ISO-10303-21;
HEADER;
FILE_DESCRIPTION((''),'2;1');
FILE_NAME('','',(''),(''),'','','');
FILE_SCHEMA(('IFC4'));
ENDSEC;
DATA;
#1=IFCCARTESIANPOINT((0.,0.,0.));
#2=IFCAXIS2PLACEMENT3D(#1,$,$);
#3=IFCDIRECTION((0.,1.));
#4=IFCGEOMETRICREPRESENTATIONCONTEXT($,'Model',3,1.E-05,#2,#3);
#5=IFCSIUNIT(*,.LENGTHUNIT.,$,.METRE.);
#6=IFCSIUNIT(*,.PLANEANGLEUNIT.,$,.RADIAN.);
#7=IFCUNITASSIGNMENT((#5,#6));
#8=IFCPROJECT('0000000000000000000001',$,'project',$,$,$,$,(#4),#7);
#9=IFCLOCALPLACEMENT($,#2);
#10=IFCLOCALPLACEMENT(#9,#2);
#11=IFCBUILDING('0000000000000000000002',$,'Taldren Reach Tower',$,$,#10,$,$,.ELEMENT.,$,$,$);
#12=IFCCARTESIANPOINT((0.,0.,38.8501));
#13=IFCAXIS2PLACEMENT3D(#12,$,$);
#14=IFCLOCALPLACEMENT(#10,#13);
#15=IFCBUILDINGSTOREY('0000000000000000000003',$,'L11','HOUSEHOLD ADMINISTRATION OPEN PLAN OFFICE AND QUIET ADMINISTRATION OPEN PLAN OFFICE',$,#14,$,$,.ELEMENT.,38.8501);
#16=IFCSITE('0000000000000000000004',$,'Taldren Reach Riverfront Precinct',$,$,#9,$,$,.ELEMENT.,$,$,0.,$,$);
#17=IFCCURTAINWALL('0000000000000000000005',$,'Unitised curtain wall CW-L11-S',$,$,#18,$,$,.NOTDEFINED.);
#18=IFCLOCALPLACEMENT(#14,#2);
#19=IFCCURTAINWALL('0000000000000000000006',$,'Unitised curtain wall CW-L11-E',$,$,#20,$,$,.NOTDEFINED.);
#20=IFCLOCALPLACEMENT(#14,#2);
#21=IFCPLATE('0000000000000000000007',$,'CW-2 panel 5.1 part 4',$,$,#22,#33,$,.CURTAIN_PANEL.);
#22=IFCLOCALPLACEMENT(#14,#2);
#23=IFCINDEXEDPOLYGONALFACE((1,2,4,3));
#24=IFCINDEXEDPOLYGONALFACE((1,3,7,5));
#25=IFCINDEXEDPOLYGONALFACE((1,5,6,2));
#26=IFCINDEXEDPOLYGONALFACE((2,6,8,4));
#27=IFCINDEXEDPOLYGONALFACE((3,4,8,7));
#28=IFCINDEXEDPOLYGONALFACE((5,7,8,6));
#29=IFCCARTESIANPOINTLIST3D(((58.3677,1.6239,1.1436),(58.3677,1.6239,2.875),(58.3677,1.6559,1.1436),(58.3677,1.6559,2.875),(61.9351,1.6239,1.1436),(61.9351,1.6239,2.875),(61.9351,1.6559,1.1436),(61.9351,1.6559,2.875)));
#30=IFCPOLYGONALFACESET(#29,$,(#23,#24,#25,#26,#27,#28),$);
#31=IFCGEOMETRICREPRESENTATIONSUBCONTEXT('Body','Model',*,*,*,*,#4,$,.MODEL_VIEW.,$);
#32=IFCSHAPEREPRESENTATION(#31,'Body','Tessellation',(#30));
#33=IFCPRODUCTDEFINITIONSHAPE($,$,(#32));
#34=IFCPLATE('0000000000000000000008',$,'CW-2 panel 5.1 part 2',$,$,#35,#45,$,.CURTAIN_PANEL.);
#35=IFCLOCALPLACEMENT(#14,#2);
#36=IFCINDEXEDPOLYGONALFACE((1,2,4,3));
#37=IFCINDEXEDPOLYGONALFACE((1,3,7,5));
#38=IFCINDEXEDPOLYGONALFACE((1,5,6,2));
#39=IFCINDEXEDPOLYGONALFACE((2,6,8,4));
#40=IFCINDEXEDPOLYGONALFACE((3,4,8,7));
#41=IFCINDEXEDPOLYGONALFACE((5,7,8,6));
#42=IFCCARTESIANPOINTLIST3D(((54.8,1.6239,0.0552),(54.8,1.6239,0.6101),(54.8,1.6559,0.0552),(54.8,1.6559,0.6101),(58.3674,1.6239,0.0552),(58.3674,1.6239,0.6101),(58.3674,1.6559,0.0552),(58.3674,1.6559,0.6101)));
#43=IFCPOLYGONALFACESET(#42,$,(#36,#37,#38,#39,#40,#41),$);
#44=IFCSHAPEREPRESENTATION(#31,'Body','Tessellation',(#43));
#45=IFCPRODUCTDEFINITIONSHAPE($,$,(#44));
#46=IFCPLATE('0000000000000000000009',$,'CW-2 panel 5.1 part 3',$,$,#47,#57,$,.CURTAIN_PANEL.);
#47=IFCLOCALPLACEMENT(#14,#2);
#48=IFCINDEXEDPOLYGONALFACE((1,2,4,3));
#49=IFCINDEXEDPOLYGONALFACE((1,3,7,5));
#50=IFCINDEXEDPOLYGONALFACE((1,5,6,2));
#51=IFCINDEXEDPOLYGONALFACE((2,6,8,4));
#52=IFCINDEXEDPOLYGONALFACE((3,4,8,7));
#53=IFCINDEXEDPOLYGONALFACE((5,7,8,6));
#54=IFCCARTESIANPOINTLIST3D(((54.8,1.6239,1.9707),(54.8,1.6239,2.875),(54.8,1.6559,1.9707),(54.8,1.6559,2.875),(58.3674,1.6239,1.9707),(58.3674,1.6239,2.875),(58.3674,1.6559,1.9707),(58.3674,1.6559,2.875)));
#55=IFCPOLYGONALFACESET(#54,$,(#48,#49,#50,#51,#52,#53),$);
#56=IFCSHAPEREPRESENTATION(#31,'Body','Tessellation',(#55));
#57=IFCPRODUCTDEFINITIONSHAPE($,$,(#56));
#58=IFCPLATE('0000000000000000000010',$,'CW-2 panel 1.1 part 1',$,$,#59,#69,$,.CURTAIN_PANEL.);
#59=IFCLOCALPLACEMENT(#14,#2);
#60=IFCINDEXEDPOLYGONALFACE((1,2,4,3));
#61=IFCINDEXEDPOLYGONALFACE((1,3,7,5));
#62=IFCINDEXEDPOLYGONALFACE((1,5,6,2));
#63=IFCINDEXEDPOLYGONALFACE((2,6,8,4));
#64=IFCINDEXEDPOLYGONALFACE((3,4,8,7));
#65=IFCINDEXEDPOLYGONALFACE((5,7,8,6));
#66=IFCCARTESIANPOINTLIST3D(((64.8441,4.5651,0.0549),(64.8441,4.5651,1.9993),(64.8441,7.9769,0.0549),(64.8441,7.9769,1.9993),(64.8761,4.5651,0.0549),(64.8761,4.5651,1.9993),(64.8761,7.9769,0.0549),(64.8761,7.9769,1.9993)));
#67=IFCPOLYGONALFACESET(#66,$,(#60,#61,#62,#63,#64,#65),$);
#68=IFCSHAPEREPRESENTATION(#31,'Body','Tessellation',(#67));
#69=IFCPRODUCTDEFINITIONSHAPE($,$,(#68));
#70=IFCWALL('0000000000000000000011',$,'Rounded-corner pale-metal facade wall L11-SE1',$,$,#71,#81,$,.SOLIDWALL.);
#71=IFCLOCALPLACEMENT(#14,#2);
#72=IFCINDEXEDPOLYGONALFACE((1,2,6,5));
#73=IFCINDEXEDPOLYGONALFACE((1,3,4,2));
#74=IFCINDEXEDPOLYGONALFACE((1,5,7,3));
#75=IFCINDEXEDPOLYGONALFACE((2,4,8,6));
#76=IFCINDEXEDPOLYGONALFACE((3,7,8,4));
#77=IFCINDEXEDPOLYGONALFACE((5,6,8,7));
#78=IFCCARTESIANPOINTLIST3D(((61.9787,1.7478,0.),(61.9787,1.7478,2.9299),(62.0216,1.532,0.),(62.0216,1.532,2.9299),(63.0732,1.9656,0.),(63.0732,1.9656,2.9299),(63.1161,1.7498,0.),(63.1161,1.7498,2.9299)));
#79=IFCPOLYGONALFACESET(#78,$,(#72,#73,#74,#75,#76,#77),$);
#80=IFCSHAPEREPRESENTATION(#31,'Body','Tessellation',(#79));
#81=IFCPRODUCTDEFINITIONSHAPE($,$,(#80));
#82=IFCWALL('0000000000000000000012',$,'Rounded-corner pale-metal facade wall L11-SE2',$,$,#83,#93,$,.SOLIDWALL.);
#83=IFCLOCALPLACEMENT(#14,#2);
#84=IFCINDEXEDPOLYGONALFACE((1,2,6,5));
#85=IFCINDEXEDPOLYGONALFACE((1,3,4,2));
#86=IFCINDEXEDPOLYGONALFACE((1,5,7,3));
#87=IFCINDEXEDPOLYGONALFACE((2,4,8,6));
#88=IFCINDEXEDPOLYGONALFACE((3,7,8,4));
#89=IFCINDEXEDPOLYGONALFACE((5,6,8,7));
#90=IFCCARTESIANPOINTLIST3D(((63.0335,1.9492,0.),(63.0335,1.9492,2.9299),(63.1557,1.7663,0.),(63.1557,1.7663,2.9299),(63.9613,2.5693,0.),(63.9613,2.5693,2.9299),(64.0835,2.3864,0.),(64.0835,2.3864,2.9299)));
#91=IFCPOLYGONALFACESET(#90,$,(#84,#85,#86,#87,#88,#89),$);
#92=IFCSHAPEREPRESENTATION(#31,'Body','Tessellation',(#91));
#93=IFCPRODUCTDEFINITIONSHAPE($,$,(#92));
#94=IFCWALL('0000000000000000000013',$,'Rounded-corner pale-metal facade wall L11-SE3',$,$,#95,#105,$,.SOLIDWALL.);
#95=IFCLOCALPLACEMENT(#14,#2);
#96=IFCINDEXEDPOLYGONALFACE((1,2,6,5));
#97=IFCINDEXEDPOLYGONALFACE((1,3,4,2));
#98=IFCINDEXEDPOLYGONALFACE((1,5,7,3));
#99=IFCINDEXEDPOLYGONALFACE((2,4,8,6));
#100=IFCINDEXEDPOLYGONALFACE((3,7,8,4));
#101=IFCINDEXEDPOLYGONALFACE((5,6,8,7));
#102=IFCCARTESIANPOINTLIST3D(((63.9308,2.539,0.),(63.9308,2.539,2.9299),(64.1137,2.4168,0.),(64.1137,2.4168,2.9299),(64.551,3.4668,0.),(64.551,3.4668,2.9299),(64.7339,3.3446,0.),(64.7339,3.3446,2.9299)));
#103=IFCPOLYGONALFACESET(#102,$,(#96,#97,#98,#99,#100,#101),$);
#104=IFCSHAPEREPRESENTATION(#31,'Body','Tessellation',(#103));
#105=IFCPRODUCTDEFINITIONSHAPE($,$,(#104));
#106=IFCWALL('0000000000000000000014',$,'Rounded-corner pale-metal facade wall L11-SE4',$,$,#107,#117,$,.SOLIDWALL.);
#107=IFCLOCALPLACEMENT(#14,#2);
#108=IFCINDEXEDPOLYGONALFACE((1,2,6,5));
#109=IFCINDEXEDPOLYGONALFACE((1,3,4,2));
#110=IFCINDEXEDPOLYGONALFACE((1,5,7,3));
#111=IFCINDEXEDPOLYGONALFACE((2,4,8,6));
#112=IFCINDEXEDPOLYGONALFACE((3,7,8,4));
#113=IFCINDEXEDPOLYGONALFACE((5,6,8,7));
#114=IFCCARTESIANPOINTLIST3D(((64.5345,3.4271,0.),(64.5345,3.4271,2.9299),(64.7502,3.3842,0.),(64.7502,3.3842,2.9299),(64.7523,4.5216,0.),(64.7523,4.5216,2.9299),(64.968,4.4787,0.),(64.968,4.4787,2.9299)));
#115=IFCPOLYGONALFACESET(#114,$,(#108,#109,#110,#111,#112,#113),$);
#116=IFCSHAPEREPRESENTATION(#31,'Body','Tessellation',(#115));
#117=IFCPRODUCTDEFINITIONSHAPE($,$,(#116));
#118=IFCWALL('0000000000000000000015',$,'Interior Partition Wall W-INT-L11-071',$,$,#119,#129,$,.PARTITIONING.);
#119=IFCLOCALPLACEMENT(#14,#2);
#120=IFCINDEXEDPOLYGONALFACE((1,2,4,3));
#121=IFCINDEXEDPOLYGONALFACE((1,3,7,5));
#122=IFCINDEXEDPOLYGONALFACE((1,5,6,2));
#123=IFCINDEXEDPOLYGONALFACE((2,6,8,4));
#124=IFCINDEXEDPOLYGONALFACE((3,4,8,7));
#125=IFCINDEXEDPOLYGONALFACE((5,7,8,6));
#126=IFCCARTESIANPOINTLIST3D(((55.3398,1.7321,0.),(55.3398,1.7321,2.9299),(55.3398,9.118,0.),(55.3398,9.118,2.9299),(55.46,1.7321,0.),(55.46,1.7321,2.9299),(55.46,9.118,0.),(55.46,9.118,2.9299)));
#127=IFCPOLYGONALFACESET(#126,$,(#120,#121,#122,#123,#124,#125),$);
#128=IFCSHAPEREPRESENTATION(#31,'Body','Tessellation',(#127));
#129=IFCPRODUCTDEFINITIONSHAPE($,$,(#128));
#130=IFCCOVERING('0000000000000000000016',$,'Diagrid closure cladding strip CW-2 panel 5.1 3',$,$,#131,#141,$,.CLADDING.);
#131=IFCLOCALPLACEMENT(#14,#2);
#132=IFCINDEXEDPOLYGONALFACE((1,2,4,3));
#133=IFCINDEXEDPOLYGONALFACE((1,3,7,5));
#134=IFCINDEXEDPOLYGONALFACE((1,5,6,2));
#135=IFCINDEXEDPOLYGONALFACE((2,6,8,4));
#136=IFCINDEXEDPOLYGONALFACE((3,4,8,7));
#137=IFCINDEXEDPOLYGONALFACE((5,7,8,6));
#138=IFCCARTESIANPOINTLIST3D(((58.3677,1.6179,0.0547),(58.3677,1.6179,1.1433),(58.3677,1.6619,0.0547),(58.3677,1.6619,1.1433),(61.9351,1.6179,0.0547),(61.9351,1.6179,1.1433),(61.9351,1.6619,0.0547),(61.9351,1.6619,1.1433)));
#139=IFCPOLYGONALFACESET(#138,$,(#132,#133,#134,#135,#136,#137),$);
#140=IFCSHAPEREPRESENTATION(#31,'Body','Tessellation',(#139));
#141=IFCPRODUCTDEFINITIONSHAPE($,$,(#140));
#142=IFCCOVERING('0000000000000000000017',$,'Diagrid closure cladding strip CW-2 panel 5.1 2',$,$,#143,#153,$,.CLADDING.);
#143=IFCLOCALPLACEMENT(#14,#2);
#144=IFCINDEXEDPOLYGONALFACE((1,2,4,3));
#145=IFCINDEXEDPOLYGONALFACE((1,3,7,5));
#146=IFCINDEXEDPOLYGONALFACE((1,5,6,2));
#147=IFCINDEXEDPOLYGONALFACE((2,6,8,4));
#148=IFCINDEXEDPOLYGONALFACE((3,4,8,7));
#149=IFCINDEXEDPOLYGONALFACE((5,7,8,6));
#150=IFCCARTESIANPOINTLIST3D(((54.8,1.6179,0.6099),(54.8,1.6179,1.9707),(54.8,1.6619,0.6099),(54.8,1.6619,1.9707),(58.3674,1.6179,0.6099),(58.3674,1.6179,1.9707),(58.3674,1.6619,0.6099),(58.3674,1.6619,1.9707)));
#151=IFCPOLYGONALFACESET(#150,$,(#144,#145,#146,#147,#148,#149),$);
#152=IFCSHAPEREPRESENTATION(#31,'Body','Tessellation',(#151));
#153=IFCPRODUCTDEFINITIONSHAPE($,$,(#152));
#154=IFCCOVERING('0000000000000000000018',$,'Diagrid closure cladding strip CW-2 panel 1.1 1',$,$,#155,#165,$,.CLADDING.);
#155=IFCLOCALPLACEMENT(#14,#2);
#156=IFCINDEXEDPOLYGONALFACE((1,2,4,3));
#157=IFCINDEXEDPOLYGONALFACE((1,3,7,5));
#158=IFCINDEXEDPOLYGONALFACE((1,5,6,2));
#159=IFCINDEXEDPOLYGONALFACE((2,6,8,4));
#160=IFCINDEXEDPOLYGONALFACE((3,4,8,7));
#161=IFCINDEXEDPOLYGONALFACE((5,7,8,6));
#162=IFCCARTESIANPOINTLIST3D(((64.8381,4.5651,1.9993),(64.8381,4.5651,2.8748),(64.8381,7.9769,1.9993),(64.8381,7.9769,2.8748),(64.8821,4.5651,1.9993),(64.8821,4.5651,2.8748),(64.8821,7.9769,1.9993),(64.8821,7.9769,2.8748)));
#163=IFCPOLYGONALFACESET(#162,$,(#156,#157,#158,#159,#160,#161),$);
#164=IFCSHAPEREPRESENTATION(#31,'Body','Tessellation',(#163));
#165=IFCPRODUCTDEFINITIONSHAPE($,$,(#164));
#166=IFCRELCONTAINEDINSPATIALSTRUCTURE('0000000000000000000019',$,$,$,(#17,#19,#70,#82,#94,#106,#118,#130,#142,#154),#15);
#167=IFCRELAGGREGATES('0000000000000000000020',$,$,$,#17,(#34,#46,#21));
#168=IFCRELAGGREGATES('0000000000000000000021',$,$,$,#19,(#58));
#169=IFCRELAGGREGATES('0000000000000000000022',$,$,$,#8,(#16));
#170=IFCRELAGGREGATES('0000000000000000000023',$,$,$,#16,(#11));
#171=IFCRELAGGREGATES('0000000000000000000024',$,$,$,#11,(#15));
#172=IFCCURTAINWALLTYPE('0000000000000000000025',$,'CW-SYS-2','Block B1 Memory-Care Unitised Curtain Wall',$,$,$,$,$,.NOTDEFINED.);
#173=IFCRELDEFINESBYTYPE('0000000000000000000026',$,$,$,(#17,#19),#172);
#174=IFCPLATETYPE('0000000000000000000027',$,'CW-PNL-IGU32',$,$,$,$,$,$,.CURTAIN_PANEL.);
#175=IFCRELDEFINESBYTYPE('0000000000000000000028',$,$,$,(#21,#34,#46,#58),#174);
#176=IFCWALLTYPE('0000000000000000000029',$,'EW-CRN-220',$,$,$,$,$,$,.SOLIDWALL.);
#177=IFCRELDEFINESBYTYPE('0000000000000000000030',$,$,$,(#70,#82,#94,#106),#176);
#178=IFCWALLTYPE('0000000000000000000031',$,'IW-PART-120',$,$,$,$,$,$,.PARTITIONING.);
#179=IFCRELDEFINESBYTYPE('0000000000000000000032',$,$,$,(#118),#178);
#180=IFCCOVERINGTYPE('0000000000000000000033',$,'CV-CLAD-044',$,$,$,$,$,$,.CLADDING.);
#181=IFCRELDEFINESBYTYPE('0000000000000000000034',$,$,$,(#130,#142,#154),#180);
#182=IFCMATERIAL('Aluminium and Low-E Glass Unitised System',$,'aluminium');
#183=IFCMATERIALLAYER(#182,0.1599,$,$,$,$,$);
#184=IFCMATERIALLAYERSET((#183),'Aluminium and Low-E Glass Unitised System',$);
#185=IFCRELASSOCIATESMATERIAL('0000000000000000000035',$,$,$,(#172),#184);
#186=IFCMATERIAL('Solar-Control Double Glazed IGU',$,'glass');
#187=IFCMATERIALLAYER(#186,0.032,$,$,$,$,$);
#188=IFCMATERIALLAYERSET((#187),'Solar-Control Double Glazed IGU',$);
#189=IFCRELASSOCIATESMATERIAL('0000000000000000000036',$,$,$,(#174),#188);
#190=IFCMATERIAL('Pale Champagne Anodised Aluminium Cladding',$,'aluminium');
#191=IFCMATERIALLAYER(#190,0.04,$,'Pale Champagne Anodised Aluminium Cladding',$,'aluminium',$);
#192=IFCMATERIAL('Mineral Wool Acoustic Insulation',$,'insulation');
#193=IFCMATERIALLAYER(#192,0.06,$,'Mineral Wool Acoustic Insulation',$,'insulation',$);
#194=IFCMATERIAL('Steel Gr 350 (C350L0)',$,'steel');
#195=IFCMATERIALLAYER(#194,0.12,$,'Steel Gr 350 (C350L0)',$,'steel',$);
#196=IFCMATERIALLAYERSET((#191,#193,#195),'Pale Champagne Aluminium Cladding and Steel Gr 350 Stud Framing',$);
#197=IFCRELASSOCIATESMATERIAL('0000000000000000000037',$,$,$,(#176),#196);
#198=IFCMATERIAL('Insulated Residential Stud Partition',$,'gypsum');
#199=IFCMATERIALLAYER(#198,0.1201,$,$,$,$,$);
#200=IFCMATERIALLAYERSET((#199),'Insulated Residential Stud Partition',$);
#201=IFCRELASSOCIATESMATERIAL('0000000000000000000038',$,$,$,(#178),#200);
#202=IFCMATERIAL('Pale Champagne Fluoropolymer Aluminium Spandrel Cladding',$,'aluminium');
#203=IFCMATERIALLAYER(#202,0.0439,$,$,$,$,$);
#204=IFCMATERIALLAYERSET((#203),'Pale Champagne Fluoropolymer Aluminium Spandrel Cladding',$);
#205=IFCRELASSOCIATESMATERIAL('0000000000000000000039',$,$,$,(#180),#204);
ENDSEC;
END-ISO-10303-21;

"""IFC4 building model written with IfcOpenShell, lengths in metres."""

from ifc_helpers import new_model, si_unit, direction, frame, frame_2d, origin, origin_2d, place, context, subcontext, project, spatial, rectangle, extrude, source, transform, mapped, material, layer, layer_set, type_object, element, aggregate, save


model = new_model("IFC4")

# Units and contexts
model_context = context("Model", 3, precision=1e-05, world=origin(), true_north=direction((0.0, 1.0)))
body_context = subcontext(model_context, "Body", "Model", "MODEL_VIEW")
ifc_project = project(units=[si_unit("LENGTHUNIT", "METRE"), si_unit("PLANEANGLEUNIT", "RADIAN")], contexts=[model_context])

# Site, building, storey
site_placement = place(None, origin())
site = spatial("IfcSite", under=ifc_project, at=site_placement, Name="Taldren Reach Riverfront Precinct", CompositionType="ELEMENT", RefElevation=0.0)
building_placement = place(site_placement, origin())
building = spatial("IfcBuilding", under=site, at=building_placement, Name="Taldren Reach Tower", CompositionType="ELEMENT")
storey_placement = place(building_placement, frame((0.0, 0.0, 38.8501)))
storey = spatial("IfcBuildingStorey", under=building, at=storey_placement, Name="L11", Description="HOUSEHOLD ADMINISTRATION OPEN PLAN OFFICE AND QUIET ADMINISTRATION OPEN PLAN OFFICE", CompositionType="ELEMENT", Elevation=38.8501)

# Shared definitions
ifc_material_1 = material(Name="Steel Gr 350 (C350L0)", Category="steel")

# Curtain wall
ifc_material_2 = material(Name="Aluminium and Low-E Glass Unitised System", Category="aluminium")
ifc_layer_1 = layer(ifc_material_2, 0.1599)
ifc_layer_set_1 = layer_set([ifc_layer_1], Name="Aluminium and Low-E Glass Unitised System")
curtain_wall_type = type_object("IfcCurtainWallType", Name="CW-SYS-2", Description="Block B1 Memory-Care Unitised Curtain Wall", PredefinedType="NOTDEFINED", material=ifc_layer_set_1)
curtain_wall_1_placement = place(storey_placement, origin())
curtain_wall_1 = element("IfcCurtainWall", 1, at=curtain_wall_1_placement, inside=storey, type_object=curtain_wall_type, Name="Unitised curtain wall CW-L11-S", PredefinedType="NOTDEFINED")

# Curtain wall
curtain_wall_2_placement = place(storey_placement, origin())
curtain_wall_2 = element("IfcCurtainWall", 2, at=curtain_wall_2_placement, inside=storey, type_object=curtain_wall_type, Name="Unitised curtain wall CW-L11-E", PredefinedType="NOTDEFINED")

# Plates
ifc_material_3 = material(Name="Solar-Control Double Glazed IGU", Category="glass")
ifc_layer_2 = layer(ifc_material_3, 0.032)
ifc_layer_set_2 = layer_set([ifc_layer_2], Name="Solar-Control Double Glazed IGU")
plate_type_1 = type_object("IfcPlateType", Name="CW-PNL-IGU32", PredefinedType="CURTAIN_PANEL", material=ifc_layer_set_2)
shared_shape_1 = source(origin(), body_context, "Body", "SweptSolid", [
    extrude(rectangle(XDim=3.5674, YDim=0.032, at=origin_2d()), origin(), (0.0, 0.0, 1.0), 1.7314),
])
plate_1_placement = place(storey_placement, frame((60.1514, 1.6399, 1.1436), z_axis=(0.0, 0.0, 1.0), x_axis=(1.0, 0.0, 0.0)))
plate_1 = element("IfcPlate", 3, at=plate_1_placement, type_object=plate_type_1, Name="CW-2 panel 5.1 part 4", PredefinedType="CURTAIN_PANEL", context=body_context, shape_type="MappedRepresentation", body=[
    mapped(shared_shape_1, transform((0.0, 0.0, 0.0), scale=1.0)),
])
shared_shape_2 = source(origin(), body_context, "Body", "SweptSolid", [
    extrude(rectangle(XDim=3.5674, YDim=0.032, at=origin_2d()), origin(), (0.0, 0.0, 1.0), 0.5549),
])
plate_2_placement = place(storey_placement, frame((56.5837, 1.6399, 0.0552), z_axis=(0.0, 0.0, 1.0), x_axis=(1.0, 0.0, 0.0)))
plate_2 = element("IfcPlate", 4, at=plate_2_placement, type_object=plate_type_1, Name="CW-2 panel 5.1 part 2", PredefinedType="CURTAIN_PANEL", context=body_context, shape_type="MappedRepresentation", body=[
    mapped(shared_shape_2, transform((0.0, 0.0, 0.0), scale=1.0)),
])
shared_shape_3 = source(origin(), body_context, "Body", "SweptSolid", [
    extrude(rectangle(XDim=3.5674, YDim=0.032, at=origin_2d()), origin(), (0.0, 0.0, 1.0), 0.9043),
])
plate_3_placement = place(storey_placement, frame((56.5837, 1.6399, 1.9707), z_axis=(0.0, 0.0, 1.0), x_axis=(1.0, 0.0, 0.0)))
plate_3 = element("IfcPlate", 5, at=plate_3_placement, type_object=plate_type_1, Name="CW-2 panel 5.1 part 3", PredefinedType="CURTAIN_PANEL", context=body_context, shape_type="MappedRepresentation", body=[
    mapped(shared_shape_3, transform((0.0, 0.0, 0.0), scale=1.0)),
])
aggregate(curtain_wall_1, [plate_2, plate_3, plate_1])
shared_shape_4 = source(origin(), body_context, "Body", "SweptSolid", [
    extrude(rectangle(XDim=3.4119, YDim=0.032, at=origin_2d()), origin(), (0.0, 0.0, 1.0), 1.9443),
])
plate_4_placement = place(storey_placement, frame((64.8601, 6.271, 0.0549), z_axis=(0.0, 0.0, 1.0), x_axis=(0.0, 1.0, 0.0)))
plate_4 = element("IfcPlate", 6, at=plate_4_placement, type_object=plate_type_1, Name="CW-2 panel 1.1 part 1", PredefinedType="CURTAIN_PANEL", context=body_context, shape_type="MappedRepresentation", body=[
    mapped(shared_shape_4, transform((0.0, 0.0, 0.0), scale=1.0)),
])
aggregate(curtain_wall_2, [plate_4])

# Walls
ifc_material_4 = material(Name="Pale Champagne Anodised Aluminium Cladding", Category="aluminium")
ifc_layer_3 = layer(ifc_material_4, 0.04, Name="Pale Champagne Anodised Aluminium Cladding", Category="aluminium")
ifc_material_5 = material(Name="Mineral Wool Acoustic Insulation", Category="insulation")
ifc_layer_4 = layer(ifc_material_5, 0.06, Name="Mineral Wool Acoustic Insulation", Category="insulation")
ifc_layer_5 = layer(ifc_material_1, 0.12, Name="Steel Gr 350 (C350L0)", Category="steel")
ifc_layer_set_3 = layer_set([ifc_layer_3, ifc_layer_4, ifc_layer_5], Name="Pale Champagne Aluminium Cladding and Steel Gr 350 Stud Framing")
wall_type_1 = type_object("IfcWallType", Name="EW-CRN-220", PredefinedType="SOLIDWALL", material=ifc_layer_set_3)
shared_shape_5 = source(origin(), body_context, "Body", "SweptSolid", [
    extrude(rectangle(XDim=1.116, YDim=0.22, at=frame_2d((0.5581, 0.0))), origin(), (0.0, 0.0, 1.0), 2.9299),
])
for number, where, z_axis, x_axis, name in (
    (7, (62.0, 1.6399, 0.0), (0.0, 0.0, 1.0), (0.980774, 0.195148, 0.0), "Rounded-corner pale-metal facade wall L11-SE1"),
    (8, (63.0945, 1.8577, 0.0), (0.0, 0.0, 1.0), (0.831377, 0.55571, 0.0), "Rounded-corner pale-metal facade wall L11-SE2"),
    (9, (64.0222, 2.4778, 0.0), (0.0, 0.0, 1.0), (0.55571, 0.831377, 0.0), "Rounded-corner pale-metal facade wall L11-SE3"),
    (10, (64.6423, 3.4055, 0.0), (0.0, 0.0, 1.0), (0.195148, 0.980774, 0.0), "Rounded-corner pale-metal facade wall L11-SE4"),
):
    element("IfcWall", number, at=place(storey_placement, frame(where, z_axis=z_axis, x_axis=x_axis)), inside=storey, type_object=wall_type_1, Name=name, PredefinedType="SOLIDWALL", context=body_context, shape_type="MappedRepresentation", body=[
        mapped(shared_shape_5, transform((0.0, 0.0, 0.0), scale=1.0)),
    ])
ifc_material_6 = material(Name="Insulated Residential Stud Partition", Category="gypsum")
ifc_layer_6 = layer(ifc_material_6, 0.1201)
ifc_layer_set_4 = layer_set([ifc_layer_6], Name="Insulated Residential Stud Partition")
wall_type_2 = type_object("IfcWallType", Name="IW-PART-120", PredefinedType="PARTITIONING", material=ifc_layer_set_4)
shared_shape_6 = source(origin(), body_context, "Body", "SweptSolid", [
    extrude(rectangle(XDim=7.386, YDim=0.1201, at=frame_2d((3.6929, 0.0))), origin(), (0.0, 0.0, 1.0), 2.9299),
])
wall_placement = place(storey_placement, frame((55.3999, 9.1179, 0.0), z_axis=(0.0, 0.0, 1.0), x_axis=(0.0, -1.0, 0.0)))
element("IfcWall", 11, at=wall_placement, inside=storey, type_object=wall_type_2, Name="Interior Partition Wall W-INT-L11-071", PredefinedType="PARTITIONING", context=body_context, shape_type="MappedRepresentation", body=[
    mapped(shared_shape_6, transform((0.0, 0.0, 0.0), scale=1.0)),
])

# Coverings
ifc_material_7 = material(Name="Pale Champagne Fluoropolymer Aluminium Spandrel Cladding", Category="aluminium")
ifc_layer_7 = layer(ifc_material_7, 0.0439)
ifc_layer_set_5 = layer_set([ifc_layer_7], Name="Pale Champagne Fluoropolymer Aluminium Spandrel Cladding")
covering_type = type_object("IfcCoveringType", Name="CV-CLAD-044", PredefinedType="CLADDING", material=ifc_layer_set_5)
shared_shape_7 = source(origin(), body_context, "Body", "SweptSolid", [
    extrude(rectangle(XDim=3.5674, YDim=0.0439, at=origin_2d()), origin(), (0.0, 0.0, 1.0), 1.0886),
])
covering_1_placement = place(storey_placement, frame((60.1514, 1.6399, 0.0547), z_axis=(0.0, 0.0, 1.0), x_axis=(1.0, 0.0, 0.0)))
element("IfcCovering", 12, at=covering_1_placement, inside=storey, type_object=covering_type, Name="Diagrid closure cladding strip CW-2 panel 5.1 3", PredefinedType="CLADDING", context=body_context, shape_type="MappedRepresentation", body=[
    mapped(shared_shape_7, transform((0.0, 0.0, 0.0), scale=1.0)),
])
shared_shape_8 = source(origin(), body_context, "Body", "SweptSolid", [
    extrude(rectangle(XDim=3.5674, YDim=0.0439, at=origin_2d()), origin(), (0.0, 0.0, 1.0), 1.3608),
])
covering_2_placement = place(storey_placement, frame((56.5837, 1.6399, 0.6099), z_axis=(0.0, 0.0, 1.0), x_axis=(1.0, 0.0, 0.0)))
element("IfcCovering", 13, at=covering_2_placement, inside=storey, type_object=covering_type, Name="Diagrid closure cladding strip CW-2 panel 5.1 2", PredefinedType="CLADDING", context=body_context, shape_type="MappedRepresentation", body=[
    mapped(shared_shape_8, transform((0.0, 0.0, 0.0), scale=1.0)),
])
shared_shape_9 = source(origin(), body_context, "Body", "SweptSolid", [
    extrude(rectangle(XDim=3.4119, YDim=0.0439, at=origin_2d()), origin(), (0.0, 0.0, 1.0), 0.8755),
])
covering_3_placement = place(storey_placement, frame((64.8601, 6.271, 1.9993), z_axis=(0.0, 0.0, 1.0), x_axis=(0.0, 1.0, 0.0)))
element("IfcCovering", 14, at=covering_3_placement, inside=storey, type_object=covering_type, Name="Diagrid closure cladding strip CW-2 panel 1.1 1", PredefinedType="CLADDING", context=body_context, shape_type="MappedRepresentation", body=[
    mapped(shared_shape_9, transform((0.0, 0.0, 0.0), scale=1.0)),
])

save(model, "model.ifc")
